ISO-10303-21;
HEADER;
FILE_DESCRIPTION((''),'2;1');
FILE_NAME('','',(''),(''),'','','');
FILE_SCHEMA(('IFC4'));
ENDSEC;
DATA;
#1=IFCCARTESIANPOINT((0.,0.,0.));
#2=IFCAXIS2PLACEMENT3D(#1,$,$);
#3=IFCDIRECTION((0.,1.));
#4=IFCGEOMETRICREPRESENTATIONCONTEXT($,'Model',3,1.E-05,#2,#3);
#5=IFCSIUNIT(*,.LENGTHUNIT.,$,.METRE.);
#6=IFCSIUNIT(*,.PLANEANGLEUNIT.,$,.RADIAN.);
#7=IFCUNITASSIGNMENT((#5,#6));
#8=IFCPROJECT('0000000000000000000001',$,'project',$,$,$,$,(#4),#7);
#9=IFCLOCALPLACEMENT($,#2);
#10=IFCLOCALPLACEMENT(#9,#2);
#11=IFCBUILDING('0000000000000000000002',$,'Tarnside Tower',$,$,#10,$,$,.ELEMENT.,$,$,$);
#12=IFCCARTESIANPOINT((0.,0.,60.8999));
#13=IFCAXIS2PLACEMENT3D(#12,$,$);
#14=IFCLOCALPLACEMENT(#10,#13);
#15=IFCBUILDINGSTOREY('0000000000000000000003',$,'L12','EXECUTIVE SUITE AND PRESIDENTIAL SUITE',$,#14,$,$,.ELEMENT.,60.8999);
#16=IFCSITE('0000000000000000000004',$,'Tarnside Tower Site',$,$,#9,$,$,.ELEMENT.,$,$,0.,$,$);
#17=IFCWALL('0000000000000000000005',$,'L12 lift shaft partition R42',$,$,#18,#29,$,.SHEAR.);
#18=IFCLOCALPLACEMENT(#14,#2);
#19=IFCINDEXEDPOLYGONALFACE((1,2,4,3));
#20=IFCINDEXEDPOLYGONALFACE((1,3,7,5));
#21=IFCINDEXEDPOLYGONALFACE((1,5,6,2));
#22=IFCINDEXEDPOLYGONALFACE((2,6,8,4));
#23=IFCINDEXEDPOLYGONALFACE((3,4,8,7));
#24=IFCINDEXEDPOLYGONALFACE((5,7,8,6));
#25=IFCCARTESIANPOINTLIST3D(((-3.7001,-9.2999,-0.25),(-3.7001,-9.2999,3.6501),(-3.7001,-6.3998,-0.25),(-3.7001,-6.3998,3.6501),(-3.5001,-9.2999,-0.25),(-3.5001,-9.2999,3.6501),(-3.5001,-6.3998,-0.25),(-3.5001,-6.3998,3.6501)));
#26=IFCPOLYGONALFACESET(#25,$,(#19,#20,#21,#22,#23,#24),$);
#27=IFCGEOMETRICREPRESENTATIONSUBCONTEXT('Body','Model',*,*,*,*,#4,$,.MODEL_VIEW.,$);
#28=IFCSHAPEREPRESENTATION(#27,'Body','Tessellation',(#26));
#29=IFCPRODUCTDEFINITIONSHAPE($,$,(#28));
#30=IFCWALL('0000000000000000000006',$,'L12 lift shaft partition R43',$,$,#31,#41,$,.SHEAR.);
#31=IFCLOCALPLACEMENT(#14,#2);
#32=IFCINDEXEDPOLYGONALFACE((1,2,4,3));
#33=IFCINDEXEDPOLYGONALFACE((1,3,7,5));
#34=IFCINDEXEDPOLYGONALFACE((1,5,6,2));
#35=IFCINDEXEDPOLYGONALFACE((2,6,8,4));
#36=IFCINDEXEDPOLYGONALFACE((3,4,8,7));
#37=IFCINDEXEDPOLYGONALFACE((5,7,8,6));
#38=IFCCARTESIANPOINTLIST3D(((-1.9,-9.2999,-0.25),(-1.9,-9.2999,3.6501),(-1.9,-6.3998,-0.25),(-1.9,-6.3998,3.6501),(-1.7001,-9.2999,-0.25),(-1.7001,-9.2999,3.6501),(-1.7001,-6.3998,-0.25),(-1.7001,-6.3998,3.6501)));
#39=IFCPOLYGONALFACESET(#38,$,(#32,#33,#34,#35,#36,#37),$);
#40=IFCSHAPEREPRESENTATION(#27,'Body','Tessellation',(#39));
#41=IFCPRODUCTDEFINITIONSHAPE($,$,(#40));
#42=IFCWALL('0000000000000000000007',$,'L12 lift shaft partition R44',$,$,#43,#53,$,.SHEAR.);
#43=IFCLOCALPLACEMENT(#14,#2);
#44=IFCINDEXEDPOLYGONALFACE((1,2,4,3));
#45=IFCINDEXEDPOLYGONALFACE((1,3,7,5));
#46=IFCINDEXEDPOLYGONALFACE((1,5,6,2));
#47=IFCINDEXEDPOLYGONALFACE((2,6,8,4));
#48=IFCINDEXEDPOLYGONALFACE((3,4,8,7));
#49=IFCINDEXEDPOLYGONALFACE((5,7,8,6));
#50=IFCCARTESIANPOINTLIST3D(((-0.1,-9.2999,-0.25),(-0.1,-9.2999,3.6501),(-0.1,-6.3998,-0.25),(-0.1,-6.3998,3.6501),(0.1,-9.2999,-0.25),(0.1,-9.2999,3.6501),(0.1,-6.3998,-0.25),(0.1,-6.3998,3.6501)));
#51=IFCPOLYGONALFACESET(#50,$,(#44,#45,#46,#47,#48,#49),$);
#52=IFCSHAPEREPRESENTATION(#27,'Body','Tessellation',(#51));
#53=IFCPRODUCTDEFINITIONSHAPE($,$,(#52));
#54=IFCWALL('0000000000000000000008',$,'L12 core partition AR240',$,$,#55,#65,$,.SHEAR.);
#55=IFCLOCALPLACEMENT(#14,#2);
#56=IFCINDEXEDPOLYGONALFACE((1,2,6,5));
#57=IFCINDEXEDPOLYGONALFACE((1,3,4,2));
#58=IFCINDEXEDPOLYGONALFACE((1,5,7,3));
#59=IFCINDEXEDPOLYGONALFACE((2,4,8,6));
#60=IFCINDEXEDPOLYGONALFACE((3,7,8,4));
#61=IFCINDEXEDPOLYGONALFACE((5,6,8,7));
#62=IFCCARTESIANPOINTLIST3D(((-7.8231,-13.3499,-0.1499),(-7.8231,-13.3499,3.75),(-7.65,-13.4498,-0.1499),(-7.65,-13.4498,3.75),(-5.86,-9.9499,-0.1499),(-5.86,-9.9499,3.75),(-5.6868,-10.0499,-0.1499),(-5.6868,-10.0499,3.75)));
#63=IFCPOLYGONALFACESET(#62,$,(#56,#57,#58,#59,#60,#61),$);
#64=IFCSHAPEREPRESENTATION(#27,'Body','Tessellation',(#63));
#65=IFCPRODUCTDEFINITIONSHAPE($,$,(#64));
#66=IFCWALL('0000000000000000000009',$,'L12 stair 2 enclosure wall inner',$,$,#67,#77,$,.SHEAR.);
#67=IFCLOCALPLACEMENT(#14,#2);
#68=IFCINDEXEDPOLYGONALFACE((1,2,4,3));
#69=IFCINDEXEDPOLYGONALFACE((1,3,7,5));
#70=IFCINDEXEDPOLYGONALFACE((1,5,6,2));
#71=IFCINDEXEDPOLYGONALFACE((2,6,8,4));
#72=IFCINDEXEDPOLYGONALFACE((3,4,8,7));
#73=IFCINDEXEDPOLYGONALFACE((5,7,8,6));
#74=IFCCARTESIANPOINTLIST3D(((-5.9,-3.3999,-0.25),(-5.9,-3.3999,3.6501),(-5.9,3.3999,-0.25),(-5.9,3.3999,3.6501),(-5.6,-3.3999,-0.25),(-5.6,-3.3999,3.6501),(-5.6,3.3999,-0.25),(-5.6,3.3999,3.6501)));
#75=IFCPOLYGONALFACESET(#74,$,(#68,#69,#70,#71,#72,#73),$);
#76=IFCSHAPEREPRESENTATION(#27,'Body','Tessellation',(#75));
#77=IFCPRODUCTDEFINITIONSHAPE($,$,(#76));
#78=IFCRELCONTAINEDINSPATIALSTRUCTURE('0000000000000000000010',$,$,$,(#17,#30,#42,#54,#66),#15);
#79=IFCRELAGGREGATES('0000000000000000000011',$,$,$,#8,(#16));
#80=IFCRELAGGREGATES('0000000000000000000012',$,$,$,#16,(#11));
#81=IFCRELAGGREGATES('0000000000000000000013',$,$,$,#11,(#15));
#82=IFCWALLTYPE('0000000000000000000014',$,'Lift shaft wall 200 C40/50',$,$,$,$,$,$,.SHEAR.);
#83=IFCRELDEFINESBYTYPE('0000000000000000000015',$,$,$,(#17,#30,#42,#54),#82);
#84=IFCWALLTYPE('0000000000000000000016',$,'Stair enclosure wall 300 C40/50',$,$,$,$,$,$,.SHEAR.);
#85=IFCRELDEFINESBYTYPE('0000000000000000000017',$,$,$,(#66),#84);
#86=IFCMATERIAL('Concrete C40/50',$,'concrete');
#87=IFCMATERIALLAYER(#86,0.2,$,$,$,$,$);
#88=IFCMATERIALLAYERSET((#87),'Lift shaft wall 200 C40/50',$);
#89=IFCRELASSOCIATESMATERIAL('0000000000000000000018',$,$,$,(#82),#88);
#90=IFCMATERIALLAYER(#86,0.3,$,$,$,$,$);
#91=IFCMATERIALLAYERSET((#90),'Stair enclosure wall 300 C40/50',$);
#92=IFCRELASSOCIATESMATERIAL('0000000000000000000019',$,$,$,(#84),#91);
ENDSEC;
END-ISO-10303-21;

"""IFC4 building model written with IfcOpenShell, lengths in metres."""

from ifc_helpers import new_model, si_unit, direction, frame, frame_2d, origin, place, context, subcontext, project, spatial, rectangle, extrude, material, layer, layer_set, type_object, element, save


model = new_model("IFC4")

# Units and contexts
model_context = context("Model", 3, precision=1e-05, world=origin(), true_north=direction((0.0, 1.0)))
body_context = subcontext(model_context, "Body", "Model", "MODEL_VIEW")
ifc_project = project(units=[si_unit("LENGTHUNIT", "METRE"), si_unit("PLANEANGLEUNIT", "RADIAN")], contexts=[model_context])

# Site, building, storey
site_placement = place(None, origin())
site = spatial("IfcSite", under=ifc_project, at=site_placement, Name="Tarnside Tower Site", CompositionType="ELEMENT", RefElevation=0.0)
building_placement = place(site_placement, origin())
building = spatial("IfcBuilding", under=site, at=building_placement, Name="Tarnside Tower", CompositionType="ELEMENT")
storey_placement = place(building_placement, frame((0.0, 0.0, 60.8999)))
storey = spatial("IfcBuildingStorey", under=building, at=storey_placement, Name="L12", Description="EXECUTIVE SUITE AND PRESIDENTIAL SUITE", CompositionType="ELEMENT", Elevation=60.8999)

# Shared definitions
ifc_material_1 = material(Name="Concrete C40/50", Category="concrete")

# Shared definitions
ifc_layer_1 = layer(ifc_material_1, 0.2)
ifc_layer_set_1 = layer_set([ifc_layer_1], Name="Lift shaft wall 200 C40/50")
wall_type_1 = type_object("IfcWallType", Name="Lift shaft wall 200 C40/50", PredefinedType="SHEAR", material=ifc_layer_set_1)

# Walls
for number, where, z_axis, x_axis, name in (
    (1, (-3.6001, -9.3, -0.25), (0.0, 0.0, 1.0), (0.0, 1.0, 0.0), "L12 lift shaft partition R42"),
    (2, (-1.8, -9.3, -0.25), (0.0, 0.0, 1.0), (0.0, 1.0, 0.0), "L12 lift shaft partition R43"),
    (3, (0.0, -9.3, -0.25), (0.0, 0.0, 1.0), (0.0, 1.0, 0.0), "L12 lift shaft partition R44"),
):
    element("IfcWall", number, at=place(storey_placement, frame(where, z_axis=z_axis, x_axis=x_axis)), inside=storey, type_object=wall_type_1, Name=name, PredefinedType="SHEAR", context=body_context, shape_type="SweptSolid", body=[
        extrude(rectangle(XDim=2.9001, YDim=0.2, at=frame_2d((1.4502, 0.0))), origin(), (0.0, 0.0, 1.0), 3.9001),
    ])
wall_1_placement = place(storey_placement, frame((-5.7734, -10.0, -0.1499), z_axis=(0.0, 0.0, 1.0), x_axis=(-0.500038, -0.866003, 0.0)))
element("IfcWall", 4, at=wall_1_placement, inside=storey, type_object=wall_type_1, Name="L12 core partition AR240", PredefinedType="SHEAR", context=body_context, shape_type="SweptSolid", body=[
    extrude(rectangle(XDim=3.926, YDim=0.2, at=frame_2d((1.9629, 0.0))), origin(), (0.0, 0.0, 1.0), 3.8999),
])
ifc_layer_2 = layer(ifc_material_1, 0.3)
ifc_layer_set_2 = layer_set([ifc_layer_2], Name="Stair enclosure wall 300 C40/50")
wall_type_2 = type_object("IfcWallType", Name="Stair enclosure wall 300 C40/50", PredefinedType="SHEAR", material=ifc_layer_set_2)
wall_2_placement = place(storey_placement, frame((-5.75, -3.3999, -0.25), z_axis=(0.0, 0.0, 1.0), x_axis=(0.0, 1.0, 0.0)))
element("IfcWall", 5, at=wall_2_placement, inside=storey, type_object=wall_type_2, Name="L12 stair 2 enclosure wall inner", PredefinedType="SHEAR", context=body_context, shape_type="SweptSolid", body=[
    extrude(rectangle(XDim=6.7998, YDim=0.3, at=frame_2d((3.3999, 0.0))), origin(), (0.0, 0.0, 1.0), 3.9001),
])

save(model, "model.ifc")
